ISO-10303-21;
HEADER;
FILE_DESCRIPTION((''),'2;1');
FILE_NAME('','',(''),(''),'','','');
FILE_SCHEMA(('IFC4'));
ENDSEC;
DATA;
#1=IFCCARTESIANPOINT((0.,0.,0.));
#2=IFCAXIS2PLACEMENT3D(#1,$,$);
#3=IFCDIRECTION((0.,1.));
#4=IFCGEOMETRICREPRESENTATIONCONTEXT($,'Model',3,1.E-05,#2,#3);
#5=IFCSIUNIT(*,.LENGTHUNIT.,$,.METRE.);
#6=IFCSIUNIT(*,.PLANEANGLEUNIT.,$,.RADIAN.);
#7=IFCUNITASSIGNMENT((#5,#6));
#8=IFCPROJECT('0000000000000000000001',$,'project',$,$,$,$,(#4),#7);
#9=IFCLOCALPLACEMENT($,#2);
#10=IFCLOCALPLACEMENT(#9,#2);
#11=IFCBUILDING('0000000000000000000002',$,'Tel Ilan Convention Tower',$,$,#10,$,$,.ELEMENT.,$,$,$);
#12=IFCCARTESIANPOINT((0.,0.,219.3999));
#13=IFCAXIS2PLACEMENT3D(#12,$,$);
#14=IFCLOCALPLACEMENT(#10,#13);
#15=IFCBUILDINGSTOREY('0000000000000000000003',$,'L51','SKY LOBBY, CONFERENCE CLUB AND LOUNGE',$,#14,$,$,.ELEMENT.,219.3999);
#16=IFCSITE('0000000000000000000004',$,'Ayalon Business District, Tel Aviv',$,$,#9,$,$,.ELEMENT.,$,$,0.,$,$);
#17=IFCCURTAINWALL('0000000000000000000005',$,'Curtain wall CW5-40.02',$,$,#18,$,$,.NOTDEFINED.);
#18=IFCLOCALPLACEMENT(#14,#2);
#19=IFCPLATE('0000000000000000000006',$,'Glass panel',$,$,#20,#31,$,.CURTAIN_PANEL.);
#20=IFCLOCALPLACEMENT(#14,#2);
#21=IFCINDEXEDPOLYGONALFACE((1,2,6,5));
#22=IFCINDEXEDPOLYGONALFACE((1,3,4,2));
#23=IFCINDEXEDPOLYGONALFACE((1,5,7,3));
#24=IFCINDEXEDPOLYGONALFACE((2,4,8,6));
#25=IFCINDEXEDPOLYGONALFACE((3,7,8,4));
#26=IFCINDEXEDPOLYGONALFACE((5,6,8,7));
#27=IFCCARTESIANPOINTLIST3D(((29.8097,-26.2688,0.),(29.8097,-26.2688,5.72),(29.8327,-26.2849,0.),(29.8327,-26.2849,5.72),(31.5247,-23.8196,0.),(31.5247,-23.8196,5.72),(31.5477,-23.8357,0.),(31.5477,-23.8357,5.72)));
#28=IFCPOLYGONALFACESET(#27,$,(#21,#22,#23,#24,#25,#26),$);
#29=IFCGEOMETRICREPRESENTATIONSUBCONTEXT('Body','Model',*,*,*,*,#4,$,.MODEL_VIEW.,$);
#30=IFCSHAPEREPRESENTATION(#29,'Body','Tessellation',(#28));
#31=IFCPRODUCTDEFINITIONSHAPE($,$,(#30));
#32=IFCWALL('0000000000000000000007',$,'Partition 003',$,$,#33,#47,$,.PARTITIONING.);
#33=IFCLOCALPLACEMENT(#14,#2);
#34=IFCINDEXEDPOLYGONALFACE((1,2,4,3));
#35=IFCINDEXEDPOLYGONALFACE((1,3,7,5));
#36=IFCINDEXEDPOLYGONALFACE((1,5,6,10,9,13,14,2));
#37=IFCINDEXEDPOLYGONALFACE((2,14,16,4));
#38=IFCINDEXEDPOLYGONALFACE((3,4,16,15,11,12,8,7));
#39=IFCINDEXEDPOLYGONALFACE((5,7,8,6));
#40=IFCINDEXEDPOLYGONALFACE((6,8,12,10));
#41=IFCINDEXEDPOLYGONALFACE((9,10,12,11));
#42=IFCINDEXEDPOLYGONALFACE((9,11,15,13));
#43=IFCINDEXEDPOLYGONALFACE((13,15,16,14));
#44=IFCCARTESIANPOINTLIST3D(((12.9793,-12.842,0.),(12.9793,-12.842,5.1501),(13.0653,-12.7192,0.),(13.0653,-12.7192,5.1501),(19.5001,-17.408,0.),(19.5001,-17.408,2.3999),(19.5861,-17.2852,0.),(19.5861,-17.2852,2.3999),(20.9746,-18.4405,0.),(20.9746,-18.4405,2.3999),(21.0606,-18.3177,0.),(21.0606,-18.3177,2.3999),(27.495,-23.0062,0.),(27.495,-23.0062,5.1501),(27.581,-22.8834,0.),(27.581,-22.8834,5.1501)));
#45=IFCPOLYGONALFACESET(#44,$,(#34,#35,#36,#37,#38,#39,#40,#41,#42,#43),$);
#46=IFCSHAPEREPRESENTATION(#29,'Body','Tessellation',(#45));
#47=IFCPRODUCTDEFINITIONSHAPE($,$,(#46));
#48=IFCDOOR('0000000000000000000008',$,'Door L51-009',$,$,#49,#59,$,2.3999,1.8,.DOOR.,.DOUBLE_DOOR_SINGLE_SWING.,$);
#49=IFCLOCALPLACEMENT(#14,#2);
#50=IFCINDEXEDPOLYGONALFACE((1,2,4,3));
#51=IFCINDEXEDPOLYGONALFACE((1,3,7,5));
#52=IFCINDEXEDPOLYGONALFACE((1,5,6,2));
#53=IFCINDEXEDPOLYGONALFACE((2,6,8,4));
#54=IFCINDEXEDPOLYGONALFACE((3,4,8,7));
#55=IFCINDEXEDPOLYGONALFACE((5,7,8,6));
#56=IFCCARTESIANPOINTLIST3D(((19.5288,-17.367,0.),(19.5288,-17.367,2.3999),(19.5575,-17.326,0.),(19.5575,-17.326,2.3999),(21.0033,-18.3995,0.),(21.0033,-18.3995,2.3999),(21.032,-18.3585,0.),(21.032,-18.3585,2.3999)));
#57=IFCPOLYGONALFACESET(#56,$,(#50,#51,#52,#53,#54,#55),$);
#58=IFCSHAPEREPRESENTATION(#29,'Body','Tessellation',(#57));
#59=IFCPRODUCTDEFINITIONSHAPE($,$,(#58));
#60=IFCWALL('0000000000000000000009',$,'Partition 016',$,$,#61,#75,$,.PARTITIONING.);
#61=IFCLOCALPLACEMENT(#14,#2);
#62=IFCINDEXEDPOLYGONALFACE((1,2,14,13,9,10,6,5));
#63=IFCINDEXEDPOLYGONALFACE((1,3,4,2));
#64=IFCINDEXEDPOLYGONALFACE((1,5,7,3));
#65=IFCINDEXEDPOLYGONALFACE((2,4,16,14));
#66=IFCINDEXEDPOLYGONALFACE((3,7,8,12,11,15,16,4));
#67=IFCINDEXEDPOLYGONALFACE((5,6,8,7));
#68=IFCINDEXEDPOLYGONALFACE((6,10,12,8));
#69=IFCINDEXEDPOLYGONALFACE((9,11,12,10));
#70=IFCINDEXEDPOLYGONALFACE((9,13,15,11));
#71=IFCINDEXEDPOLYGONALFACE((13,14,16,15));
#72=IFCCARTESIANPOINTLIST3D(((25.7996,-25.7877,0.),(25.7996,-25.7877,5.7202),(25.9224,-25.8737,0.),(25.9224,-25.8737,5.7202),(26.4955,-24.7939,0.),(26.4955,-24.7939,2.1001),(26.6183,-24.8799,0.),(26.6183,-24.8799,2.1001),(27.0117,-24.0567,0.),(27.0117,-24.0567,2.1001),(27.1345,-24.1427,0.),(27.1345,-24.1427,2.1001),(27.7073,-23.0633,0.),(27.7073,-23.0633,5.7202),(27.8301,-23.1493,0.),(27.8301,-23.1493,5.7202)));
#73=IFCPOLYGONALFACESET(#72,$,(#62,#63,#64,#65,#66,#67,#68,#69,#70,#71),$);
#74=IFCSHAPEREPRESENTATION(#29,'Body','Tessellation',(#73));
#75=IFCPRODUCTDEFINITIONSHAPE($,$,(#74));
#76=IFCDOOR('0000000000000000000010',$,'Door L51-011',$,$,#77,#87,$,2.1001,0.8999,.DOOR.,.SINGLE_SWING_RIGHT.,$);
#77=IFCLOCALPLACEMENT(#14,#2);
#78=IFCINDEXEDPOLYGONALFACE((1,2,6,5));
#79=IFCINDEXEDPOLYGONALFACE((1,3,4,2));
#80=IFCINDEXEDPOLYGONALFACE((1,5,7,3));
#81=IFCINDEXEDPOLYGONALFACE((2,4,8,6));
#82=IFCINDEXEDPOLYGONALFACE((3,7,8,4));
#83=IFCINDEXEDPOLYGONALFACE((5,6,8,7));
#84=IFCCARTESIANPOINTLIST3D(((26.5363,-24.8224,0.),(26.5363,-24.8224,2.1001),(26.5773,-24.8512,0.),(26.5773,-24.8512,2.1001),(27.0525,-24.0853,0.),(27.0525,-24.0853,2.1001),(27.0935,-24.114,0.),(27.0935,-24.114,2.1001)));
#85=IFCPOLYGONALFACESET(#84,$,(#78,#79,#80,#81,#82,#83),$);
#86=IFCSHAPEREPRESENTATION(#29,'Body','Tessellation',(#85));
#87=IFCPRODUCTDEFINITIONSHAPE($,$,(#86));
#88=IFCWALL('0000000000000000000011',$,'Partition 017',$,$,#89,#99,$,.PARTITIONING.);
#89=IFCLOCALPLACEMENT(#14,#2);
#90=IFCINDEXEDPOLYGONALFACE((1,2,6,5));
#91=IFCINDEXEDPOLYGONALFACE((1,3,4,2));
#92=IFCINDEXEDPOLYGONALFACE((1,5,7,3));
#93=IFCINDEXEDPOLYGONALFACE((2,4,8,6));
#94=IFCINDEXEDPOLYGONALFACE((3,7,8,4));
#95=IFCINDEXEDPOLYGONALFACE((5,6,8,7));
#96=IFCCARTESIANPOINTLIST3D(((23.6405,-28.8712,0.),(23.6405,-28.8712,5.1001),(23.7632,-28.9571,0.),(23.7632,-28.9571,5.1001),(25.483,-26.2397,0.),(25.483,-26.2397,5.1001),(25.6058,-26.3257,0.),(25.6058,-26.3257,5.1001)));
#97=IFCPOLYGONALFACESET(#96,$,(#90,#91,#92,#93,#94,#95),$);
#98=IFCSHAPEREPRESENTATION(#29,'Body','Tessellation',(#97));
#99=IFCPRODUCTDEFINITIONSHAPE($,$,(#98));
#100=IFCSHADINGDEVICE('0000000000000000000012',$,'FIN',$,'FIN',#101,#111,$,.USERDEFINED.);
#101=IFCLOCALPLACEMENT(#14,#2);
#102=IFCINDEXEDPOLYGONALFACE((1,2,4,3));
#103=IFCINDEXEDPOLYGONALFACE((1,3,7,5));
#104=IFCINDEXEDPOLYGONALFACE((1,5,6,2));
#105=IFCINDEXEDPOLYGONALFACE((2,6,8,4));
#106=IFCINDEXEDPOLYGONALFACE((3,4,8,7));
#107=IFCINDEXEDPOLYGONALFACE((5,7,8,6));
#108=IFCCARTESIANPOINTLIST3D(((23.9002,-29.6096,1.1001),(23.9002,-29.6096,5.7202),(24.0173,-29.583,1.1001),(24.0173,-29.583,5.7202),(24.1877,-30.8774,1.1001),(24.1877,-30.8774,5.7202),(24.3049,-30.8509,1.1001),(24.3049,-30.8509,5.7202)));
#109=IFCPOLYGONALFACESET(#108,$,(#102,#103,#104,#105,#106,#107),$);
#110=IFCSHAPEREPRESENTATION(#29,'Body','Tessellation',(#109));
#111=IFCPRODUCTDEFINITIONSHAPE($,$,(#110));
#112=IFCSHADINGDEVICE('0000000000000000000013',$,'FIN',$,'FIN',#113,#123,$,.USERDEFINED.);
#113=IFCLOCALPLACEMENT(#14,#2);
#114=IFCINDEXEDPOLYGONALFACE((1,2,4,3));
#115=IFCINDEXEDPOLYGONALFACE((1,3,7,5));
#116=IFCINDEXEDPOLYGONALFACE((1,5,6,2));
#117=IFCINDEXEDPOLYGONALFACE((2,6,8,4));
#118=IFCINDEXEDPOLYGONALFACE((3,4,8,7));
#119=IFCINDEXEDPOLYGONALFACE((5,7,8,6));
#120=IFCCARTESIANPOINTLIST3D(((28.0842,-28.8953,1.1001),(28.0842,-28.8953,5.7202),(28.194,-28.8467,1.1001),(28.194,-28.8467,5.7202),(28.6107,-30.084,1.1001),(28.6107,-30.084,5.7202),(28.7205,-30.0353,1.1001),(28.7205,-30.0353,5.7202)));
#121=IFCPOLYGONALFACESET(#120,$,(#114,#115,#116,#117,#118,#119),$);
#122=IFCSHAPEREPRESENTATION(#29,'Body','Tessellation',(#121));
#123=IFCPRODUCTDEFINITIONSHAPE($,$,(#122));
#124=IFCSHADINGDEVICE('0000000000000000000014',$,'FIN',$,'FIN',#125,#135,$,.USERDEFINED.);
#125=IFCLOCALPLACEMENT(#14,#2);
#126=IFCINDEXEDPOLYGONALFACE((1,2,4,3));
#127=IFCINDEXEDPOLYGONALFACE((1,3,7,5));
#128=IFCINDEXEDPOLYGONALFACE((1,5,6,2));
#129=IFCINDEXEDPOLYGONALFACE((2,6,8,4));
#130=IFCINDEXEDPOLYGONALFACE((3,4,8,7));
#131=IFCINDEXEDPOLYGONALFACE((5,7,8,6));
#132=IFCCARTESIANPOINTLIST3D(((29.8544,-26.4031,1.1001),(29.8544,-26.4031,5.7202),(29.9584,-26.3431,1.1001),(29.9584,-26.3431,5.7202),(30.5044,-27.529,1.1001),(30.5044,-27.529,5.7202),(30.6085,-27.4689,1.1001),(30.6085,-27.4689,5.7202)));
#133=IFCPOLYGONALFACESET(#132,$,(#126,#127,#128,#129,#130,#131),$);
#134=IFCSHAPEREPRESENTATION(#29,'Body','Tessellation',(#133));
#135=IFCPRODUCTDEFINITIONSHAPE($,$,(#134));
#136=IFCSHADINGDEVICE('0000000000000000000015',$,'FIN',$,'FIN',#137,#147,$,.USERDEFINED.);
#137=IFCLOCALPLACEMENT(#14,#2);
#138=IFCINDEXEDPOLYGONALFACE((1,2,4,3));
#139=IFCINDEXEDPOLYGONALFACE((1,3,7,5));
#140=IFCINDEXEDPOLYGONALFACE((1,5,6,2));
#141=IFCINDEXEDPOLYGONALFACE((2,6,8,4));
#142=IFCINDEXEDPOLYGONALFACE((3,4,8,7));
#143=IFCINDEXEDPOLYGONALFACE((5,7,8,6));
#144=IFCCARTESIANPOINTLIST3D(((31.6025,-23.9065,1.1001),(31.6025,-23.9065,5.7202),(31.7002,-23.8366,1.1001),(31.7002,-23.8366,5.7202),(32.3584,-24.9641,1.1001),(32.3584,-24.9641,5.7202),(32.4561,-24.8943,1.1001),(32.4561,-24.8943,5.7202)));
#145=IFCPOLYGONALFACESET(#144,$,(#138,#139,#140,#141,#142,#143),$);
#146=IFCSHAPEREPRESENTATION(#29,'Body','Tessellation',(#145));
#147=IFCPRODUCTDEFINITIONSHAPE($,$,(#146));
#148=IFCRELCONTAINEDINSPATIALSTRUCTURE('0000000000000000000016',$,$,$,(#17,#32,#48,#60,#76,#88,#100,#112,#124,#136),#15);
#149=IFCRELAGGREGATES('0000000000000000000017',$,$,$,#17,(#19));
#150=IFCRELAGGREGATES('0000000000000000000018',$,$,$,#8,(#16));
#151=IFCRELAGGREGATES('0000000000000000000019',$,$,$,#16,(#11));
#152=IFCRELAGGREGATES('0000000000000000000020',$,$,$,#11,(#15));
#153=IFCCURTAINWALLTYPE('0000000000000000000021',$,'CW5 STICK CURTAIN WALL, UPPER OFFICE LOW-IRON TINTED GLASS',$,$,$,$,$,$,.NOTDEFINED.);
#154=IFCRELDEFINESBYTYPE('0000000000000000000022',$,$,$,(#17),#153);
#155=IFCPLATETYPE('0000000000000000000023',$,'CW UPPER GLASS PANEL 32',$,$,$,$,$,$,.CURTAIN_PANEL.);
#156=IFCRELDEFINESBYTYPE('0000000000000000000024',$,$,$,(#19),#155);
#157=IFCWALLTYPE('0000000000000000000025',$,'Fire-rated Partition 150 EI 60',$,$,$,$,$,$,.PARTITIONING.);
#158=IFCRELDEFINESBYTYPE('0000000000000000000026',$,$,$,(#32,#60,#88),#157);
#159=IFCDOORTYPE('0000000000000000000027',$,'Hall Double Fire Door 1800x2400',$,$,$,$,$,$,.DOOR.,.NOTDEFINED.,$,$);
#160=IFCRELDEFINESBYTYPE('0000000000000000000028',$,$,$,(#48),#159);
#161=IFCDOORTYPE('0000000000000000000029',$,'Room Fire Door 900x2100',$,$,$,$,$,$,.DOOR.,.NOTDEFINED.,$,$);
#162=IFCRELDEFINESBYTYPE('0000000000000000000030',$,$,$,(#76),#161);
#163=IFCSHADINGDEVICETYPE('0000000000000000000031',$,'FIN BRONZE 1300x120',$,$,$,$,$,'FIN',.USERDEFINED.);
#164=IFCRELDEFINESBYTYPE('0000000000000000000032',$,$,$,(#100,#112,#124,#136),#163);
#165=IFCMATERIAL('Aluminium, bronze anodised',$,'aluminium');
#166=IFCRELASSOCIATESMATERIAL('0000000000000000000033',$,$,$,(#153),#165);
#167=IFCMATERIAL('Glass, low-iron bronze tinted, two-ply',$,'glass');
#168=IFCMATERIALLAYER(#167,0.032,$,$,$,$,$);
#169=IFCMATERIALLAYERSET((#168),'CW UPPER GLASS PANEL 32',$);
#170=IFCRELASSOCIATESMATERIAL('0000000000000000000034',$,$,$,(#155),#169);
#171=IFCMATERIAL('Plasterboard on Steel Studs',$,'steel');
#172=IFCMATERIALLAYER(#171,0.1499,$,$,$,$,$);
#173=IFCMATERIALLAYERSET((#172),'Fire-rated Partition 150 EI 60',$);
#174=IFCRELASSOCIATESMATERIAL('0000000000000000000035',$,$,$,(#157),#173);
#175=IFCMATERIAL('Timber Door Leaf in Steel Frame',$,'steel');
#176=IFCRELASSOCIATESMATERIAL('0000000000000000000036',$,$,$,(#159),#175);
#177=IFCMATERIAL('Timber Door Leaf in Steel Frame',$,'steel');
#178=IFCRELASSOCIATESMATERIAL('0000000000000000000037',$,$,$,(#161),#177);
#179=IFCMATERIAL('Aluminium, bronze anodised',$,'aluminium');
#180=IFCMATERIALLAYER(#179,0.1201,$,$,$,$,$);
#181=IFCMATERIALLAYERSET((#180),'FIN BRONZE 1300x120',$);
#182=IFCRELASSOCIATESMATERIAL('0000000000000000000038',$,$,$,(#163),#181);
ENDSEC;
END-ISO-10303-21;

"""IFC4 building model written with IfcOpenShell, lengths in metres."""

from ifc_helpers import new_model, si_unit, direction, frame, frame_2d, origin, origin_2d, place, context, subcontext, project, spatial, rectangle, extrude, material, layer, layer_set, type_object, element, fill, aggregate, save


model = new_model("IFC4")

# Units and contexts
model_context = context("Model", 3, precision=1e-05, world=origin(), true_north=direction((0.0, 1.0)))
body_context = subcontext(model_context, "Body", "Model", "MODEL_VIEW")
ifc_project = project(units=[si_unit("LENGTHUNIT", "METRE"), si_unit("PLANEANGLEUNIT", "RADIAN")], contexts=[model_context])

# Site, building, storey
site_placement = place(None, origin())
site = spatial("IfcSite", under=ifc_project, at=site_placement, Name="Ayalon Business District, Tel Aviv", CompositionType="ELEMENT", RefElevation=0.0)
building_placement = place(site_placement, origin())
building = spatial("IfcBuilding", under=site, at=building_placement, Name="Tel Ilan Convention Tower", CompositionType="ELEMENT")
storey_placement = place(building_placement, frame((0.0, 0.0, 219.3999)))
storey = spatial("IfcBuildingStorey", under=building, at=storey_placement, Name="L51", Description="SKY LOBBY, CONFERENCE CLUB AND LOUNGE", CompositionType="ELEMENT", Elevation=219.3999)

# Curtain wall, plate
ifc_material_1 = material(Name="Aluminium, bronze anodised", Category="aluminium")
curtain_wall_type = type_object("IfcCurtainWallType", Name="CW5 STICK CURTAIN WALL, UPPER OFFICE LOW-IRON TINTED GLASS", PredefinedType="NOTDEFINED", material=ifc_material_1)
curtain_wall_placement = place(storey_placement, origin())
curtain_wall = element("IfcCurtainWall", 1, at=curtain_wall_placement, inside=storey, type_object=curtain_wall_type, Name="Curtain wall CW5-40.02", PredefinedType="NOTDEFINED")
ifc_material_2 = material(Name="Glass, low-iron bronze tinted, two-ply", Category="glass")
ifc_layer_1 = layer(ifc_material_2, 0.032)
ifc_layer_set_1 = layer_set([ifc_layer_1], Name="CW UPPER GLASS PANEL 32")
plate_type = type_object("IfcPlateType", Name="CW UPPER GLASS PANEL 32", PredefinedType="CURTAIN_PANEL", material=ifc_layer_set_1)
plate_1_placement = place(storey_placement, frame((30.6787, -25.0522, 0.0), z_axis=(0.0, 0.0, 1.0), x_axis=(0.573576, 0.819152, 0.0)))
plate_1 = element("IfcPlate", 2, at=plate_1_placement, type_object=plate_type, Name="Glass panel", PredefinedType="CURTAIN_PANEL", context=body_context, shape_type="SweptSolid", body=[
    extrude(rectangle(XDim=2.99, YDim=0.0281, at=origin_2d()), origin(), (0.0, 0.0, 1.0), 5.72),
])
aggregate(curtain_wall, [plate_1])

# Walls, openings, doors
ifc_material_3 = material(Name="Plasterboard on Steel Studs", Category="steel")
ifc_layer_2 = layer(ifc_material_3, 0.1499)
ifc_layer_set_2 = layer_set([ifc_layer_2], Name="Fire-rated Partition 150 EI 60")
wall_type = type_object("IfcWallType", Name="Fire-rated Partition 150 EI 60", PredefinedType="PARTITIONING", material=ifc_layer_set_2)
wall_1_placement = place(storey_placement, frame((27.5381, -22.9448, 0.0), z_axis=(0.0, 0.0, 1.0), x_axis=(-0.819149, 0.573581, 0.0)))
wall_1 = element("IfcWall", 3, at=wall_1_placement, inside=storey, type_object=wall_type, Name="Partition 003", PredefinedType="PARTITIONING", context=body_context, shape_type="SweptSolid", body=[
    extrude(rectangle(XDim=17.7205, YDim=0.1499, at=frame_2d((8.8604, 0.0))), origin(), (0.0, 0.0, 1.0), 5.1501),
])
opening_1_placement = place(wall_1_placement, frame((7.9602, 0.0, 0.0)))
opening_1 = element("IfcOpeningElement", 4, at=opening_1_placement, cuts=wall_1, PredefinedType="OPENING", context=body_context, shape_type="SweptSolid", body=[
    extrude(rectangle(XDim=1.8, YDim=2.3999, at=frame_2d((0.8999, 1.2))), frame((0.0, 0.085, 0.0), z_axis=(0.0, -1.0, 0.0), x_axis=(1.0, 0.0, 0.0)), (0.0, 0.0, 1.0), 0.1699),
])
ifc_material_4 = material(Name="Timber Door Leaf in Steel Frame", Category="steel")
door_type_1 = type_object("IfcDoorType", Name="Hall Double Fire Door 1800x2400", OperationType="NOTDEFINED", PredefinedType="DOOR", material=ifc_material_4)
door_1_placement = place(opening_1_placement, origin())
door_1 = element("IfcDoor", 5, at=door_1_placement, inside=storey, type_object=door_type_1, Name="Door L51-009", OperationType="DOUBLE_DOOR_SINGLE_SWING", OverallHeight=2.3999, OverallWidth=1.8, PredefinedType="DOOR", context=body_context, shape_type="SweptSolid", body=[
    extrude(rectangle(XDim=1.8, YDim=2.3999, at=frame_2d((0.8999, 1.2))), frame((0.0, 0.0249, 0.0), z_axis=(0.0, -1.0, 0.0), x_axis=(1.0, 0.0, 0.0)), (0.0, 0.0, 1.0), 0.05),
])
fill(opening_1, door_1)
wall_2_placement = place(storey_placement, frame((27.7688, -23.1062, 0.0), z_axis=(0.0, 0.0, 1.0), x_axis=(-0.573595, -0.819139, 0.0)))
wall_2 = element("IfcWall", 6, at=wall_2_placement, inside=storey, type_object=wall_type, Name="Partition 016", PredefinedType="PARTITIONING", context=body_context, shape_type="SweptSolid", body=[
    extrude(rectangle(XDim=3.3259, YDim=0.1499, at=frame_2d((1.6631, 0.0))), origin(), (0.0, 0.0, 1.0), 5.7202),
])
opening_2_placement = place(wall_2_placement, frame((1.2129, 0.0, 0.0)))
opening_2 = element("IfcOpeningElement", 7, at=opening_2_placement, cuts=wall_2, PredefinedType="OPENING", context=body_context, shape_type="SweptSolid", body=[
    extrude(rectangle(XDim=0.8999, YDim=2.1001, at=frame_2d((0.45, 1.05))), frame((0.0, 0.085, 0.0), z_axis=(0.0, -1.0, 0.0), x_axis=(1.0, 0.0, 0.0)), (0.0, 0.0, 1.0), 0.1699),
])
ifc_material_5 = material(Name="Timber Door Leaf in Steel Frame", Category="steel")
door_type_2 = type_object("IfcDoorType", Name="Room Fire Door 900x2100", OperationType="NOTDEFINED", PredefinedType="DOOR", material=ifc_material_5)
door_2_placement = place(opening_2_placement, origin())
door_2 = element("IfcDoor", 8, at=door_2_placement, inside=storey, type_object=door_type_2, Name="Door L51-011", OperationType="SINGLE_SWING_RIGHT", OverallHeight=2.1001, OverallWidth=0.8999, PredefinedType="DOOR", context=body_context, shape_type="SweptSolid", body=[
    extrude(rectangle(XDim=0.8999, YDim=2.1001, at=frame_2d((0.45, 1.05))), frame((0.0, 0.0249, 0.0), z_axis=(0.0, -1.0, 0.0), x_axis=(1.0, 0.0, 0.0)), (0.0, 0.0, 1.0), 0.05),
])
fill(opening_2, door_2)

# Wall
wall_3_placement = place(storey_placement, frame((25.5444, -26.2827, 0.0), z_axis=(0.0, 0.0, 1.0), x_axis=(-0.573585, -0.819146, 0.0)))
element("IfcWall", 9, at=wall_3_placement, inside=storey, type_object=wall_type, Name="Partition 017", PredefinedType="PARTITIONING", context=body_context, shape_type="SweptSolid", body=[
    extrude(rectangle(XDim=3.2124, YDim=0.1499, at=frame_2d((1.6062, 0.0))), origin(), (0.0, 0.0, 1.0), 5.1001),
])

# Shading devices
ifc_material_6 = material(Name="Aluminium, bronze anodised", Category="aluminium")
ifc_layer_3 = layer(ifc_material_6, 0.1201)
ifc_layer_set_3 = layer_set([ifc_layer_3], Name="FIN BRONZE 1300x120")
shading_device_type = type_object("IfcShadingDeviceType", Name="FIN BRONZE 1300x120", ElementType="FIN", PredefinedType="USERDEFINED", material=ifc_layer_set_3)
for number, where, z_axis, x_axis, name in (
    (10, (24.1025, -30.2302, 1.1001), (0.0, 0.0, 1.0), (0.22117, -0.975235, 0.0), "FIN"),
    (11, (28.4023, -29.4653, 1.1001), (0.0, 0.0, 1.0), (0.404964, -0.914333, 0.0), "FIN"),
    (12, (30.2314, -26.936, 1.1001), (0.0, 0.0, 1.0), (0.5, -0.866025, 0.0), "FIN"),
    (13, (32.0293, -24.4004, 1.1001), (0.0, 0.0, 1.0), (0.581492, -0.813552, 0.0), "FIN"),
):
    element("IfcShadingDevice", number, at=place(storey_placement, frame(where, z_axis=z_axis, x_axis=x_axis)), inside=storey, type_object=shading_device_type, Name=name, ObjectType="FIN", PredefinedType="USERDEFINED", context=body_context, shape_type="SweptSolid", body=[
        extrude(rectangle(XDim=1.3, YDim=0.1201, at=origin_2d()), origin(), (0.0, 0.0, 1.0), 4.6201),
    ])

save(model, "model.ifc")
